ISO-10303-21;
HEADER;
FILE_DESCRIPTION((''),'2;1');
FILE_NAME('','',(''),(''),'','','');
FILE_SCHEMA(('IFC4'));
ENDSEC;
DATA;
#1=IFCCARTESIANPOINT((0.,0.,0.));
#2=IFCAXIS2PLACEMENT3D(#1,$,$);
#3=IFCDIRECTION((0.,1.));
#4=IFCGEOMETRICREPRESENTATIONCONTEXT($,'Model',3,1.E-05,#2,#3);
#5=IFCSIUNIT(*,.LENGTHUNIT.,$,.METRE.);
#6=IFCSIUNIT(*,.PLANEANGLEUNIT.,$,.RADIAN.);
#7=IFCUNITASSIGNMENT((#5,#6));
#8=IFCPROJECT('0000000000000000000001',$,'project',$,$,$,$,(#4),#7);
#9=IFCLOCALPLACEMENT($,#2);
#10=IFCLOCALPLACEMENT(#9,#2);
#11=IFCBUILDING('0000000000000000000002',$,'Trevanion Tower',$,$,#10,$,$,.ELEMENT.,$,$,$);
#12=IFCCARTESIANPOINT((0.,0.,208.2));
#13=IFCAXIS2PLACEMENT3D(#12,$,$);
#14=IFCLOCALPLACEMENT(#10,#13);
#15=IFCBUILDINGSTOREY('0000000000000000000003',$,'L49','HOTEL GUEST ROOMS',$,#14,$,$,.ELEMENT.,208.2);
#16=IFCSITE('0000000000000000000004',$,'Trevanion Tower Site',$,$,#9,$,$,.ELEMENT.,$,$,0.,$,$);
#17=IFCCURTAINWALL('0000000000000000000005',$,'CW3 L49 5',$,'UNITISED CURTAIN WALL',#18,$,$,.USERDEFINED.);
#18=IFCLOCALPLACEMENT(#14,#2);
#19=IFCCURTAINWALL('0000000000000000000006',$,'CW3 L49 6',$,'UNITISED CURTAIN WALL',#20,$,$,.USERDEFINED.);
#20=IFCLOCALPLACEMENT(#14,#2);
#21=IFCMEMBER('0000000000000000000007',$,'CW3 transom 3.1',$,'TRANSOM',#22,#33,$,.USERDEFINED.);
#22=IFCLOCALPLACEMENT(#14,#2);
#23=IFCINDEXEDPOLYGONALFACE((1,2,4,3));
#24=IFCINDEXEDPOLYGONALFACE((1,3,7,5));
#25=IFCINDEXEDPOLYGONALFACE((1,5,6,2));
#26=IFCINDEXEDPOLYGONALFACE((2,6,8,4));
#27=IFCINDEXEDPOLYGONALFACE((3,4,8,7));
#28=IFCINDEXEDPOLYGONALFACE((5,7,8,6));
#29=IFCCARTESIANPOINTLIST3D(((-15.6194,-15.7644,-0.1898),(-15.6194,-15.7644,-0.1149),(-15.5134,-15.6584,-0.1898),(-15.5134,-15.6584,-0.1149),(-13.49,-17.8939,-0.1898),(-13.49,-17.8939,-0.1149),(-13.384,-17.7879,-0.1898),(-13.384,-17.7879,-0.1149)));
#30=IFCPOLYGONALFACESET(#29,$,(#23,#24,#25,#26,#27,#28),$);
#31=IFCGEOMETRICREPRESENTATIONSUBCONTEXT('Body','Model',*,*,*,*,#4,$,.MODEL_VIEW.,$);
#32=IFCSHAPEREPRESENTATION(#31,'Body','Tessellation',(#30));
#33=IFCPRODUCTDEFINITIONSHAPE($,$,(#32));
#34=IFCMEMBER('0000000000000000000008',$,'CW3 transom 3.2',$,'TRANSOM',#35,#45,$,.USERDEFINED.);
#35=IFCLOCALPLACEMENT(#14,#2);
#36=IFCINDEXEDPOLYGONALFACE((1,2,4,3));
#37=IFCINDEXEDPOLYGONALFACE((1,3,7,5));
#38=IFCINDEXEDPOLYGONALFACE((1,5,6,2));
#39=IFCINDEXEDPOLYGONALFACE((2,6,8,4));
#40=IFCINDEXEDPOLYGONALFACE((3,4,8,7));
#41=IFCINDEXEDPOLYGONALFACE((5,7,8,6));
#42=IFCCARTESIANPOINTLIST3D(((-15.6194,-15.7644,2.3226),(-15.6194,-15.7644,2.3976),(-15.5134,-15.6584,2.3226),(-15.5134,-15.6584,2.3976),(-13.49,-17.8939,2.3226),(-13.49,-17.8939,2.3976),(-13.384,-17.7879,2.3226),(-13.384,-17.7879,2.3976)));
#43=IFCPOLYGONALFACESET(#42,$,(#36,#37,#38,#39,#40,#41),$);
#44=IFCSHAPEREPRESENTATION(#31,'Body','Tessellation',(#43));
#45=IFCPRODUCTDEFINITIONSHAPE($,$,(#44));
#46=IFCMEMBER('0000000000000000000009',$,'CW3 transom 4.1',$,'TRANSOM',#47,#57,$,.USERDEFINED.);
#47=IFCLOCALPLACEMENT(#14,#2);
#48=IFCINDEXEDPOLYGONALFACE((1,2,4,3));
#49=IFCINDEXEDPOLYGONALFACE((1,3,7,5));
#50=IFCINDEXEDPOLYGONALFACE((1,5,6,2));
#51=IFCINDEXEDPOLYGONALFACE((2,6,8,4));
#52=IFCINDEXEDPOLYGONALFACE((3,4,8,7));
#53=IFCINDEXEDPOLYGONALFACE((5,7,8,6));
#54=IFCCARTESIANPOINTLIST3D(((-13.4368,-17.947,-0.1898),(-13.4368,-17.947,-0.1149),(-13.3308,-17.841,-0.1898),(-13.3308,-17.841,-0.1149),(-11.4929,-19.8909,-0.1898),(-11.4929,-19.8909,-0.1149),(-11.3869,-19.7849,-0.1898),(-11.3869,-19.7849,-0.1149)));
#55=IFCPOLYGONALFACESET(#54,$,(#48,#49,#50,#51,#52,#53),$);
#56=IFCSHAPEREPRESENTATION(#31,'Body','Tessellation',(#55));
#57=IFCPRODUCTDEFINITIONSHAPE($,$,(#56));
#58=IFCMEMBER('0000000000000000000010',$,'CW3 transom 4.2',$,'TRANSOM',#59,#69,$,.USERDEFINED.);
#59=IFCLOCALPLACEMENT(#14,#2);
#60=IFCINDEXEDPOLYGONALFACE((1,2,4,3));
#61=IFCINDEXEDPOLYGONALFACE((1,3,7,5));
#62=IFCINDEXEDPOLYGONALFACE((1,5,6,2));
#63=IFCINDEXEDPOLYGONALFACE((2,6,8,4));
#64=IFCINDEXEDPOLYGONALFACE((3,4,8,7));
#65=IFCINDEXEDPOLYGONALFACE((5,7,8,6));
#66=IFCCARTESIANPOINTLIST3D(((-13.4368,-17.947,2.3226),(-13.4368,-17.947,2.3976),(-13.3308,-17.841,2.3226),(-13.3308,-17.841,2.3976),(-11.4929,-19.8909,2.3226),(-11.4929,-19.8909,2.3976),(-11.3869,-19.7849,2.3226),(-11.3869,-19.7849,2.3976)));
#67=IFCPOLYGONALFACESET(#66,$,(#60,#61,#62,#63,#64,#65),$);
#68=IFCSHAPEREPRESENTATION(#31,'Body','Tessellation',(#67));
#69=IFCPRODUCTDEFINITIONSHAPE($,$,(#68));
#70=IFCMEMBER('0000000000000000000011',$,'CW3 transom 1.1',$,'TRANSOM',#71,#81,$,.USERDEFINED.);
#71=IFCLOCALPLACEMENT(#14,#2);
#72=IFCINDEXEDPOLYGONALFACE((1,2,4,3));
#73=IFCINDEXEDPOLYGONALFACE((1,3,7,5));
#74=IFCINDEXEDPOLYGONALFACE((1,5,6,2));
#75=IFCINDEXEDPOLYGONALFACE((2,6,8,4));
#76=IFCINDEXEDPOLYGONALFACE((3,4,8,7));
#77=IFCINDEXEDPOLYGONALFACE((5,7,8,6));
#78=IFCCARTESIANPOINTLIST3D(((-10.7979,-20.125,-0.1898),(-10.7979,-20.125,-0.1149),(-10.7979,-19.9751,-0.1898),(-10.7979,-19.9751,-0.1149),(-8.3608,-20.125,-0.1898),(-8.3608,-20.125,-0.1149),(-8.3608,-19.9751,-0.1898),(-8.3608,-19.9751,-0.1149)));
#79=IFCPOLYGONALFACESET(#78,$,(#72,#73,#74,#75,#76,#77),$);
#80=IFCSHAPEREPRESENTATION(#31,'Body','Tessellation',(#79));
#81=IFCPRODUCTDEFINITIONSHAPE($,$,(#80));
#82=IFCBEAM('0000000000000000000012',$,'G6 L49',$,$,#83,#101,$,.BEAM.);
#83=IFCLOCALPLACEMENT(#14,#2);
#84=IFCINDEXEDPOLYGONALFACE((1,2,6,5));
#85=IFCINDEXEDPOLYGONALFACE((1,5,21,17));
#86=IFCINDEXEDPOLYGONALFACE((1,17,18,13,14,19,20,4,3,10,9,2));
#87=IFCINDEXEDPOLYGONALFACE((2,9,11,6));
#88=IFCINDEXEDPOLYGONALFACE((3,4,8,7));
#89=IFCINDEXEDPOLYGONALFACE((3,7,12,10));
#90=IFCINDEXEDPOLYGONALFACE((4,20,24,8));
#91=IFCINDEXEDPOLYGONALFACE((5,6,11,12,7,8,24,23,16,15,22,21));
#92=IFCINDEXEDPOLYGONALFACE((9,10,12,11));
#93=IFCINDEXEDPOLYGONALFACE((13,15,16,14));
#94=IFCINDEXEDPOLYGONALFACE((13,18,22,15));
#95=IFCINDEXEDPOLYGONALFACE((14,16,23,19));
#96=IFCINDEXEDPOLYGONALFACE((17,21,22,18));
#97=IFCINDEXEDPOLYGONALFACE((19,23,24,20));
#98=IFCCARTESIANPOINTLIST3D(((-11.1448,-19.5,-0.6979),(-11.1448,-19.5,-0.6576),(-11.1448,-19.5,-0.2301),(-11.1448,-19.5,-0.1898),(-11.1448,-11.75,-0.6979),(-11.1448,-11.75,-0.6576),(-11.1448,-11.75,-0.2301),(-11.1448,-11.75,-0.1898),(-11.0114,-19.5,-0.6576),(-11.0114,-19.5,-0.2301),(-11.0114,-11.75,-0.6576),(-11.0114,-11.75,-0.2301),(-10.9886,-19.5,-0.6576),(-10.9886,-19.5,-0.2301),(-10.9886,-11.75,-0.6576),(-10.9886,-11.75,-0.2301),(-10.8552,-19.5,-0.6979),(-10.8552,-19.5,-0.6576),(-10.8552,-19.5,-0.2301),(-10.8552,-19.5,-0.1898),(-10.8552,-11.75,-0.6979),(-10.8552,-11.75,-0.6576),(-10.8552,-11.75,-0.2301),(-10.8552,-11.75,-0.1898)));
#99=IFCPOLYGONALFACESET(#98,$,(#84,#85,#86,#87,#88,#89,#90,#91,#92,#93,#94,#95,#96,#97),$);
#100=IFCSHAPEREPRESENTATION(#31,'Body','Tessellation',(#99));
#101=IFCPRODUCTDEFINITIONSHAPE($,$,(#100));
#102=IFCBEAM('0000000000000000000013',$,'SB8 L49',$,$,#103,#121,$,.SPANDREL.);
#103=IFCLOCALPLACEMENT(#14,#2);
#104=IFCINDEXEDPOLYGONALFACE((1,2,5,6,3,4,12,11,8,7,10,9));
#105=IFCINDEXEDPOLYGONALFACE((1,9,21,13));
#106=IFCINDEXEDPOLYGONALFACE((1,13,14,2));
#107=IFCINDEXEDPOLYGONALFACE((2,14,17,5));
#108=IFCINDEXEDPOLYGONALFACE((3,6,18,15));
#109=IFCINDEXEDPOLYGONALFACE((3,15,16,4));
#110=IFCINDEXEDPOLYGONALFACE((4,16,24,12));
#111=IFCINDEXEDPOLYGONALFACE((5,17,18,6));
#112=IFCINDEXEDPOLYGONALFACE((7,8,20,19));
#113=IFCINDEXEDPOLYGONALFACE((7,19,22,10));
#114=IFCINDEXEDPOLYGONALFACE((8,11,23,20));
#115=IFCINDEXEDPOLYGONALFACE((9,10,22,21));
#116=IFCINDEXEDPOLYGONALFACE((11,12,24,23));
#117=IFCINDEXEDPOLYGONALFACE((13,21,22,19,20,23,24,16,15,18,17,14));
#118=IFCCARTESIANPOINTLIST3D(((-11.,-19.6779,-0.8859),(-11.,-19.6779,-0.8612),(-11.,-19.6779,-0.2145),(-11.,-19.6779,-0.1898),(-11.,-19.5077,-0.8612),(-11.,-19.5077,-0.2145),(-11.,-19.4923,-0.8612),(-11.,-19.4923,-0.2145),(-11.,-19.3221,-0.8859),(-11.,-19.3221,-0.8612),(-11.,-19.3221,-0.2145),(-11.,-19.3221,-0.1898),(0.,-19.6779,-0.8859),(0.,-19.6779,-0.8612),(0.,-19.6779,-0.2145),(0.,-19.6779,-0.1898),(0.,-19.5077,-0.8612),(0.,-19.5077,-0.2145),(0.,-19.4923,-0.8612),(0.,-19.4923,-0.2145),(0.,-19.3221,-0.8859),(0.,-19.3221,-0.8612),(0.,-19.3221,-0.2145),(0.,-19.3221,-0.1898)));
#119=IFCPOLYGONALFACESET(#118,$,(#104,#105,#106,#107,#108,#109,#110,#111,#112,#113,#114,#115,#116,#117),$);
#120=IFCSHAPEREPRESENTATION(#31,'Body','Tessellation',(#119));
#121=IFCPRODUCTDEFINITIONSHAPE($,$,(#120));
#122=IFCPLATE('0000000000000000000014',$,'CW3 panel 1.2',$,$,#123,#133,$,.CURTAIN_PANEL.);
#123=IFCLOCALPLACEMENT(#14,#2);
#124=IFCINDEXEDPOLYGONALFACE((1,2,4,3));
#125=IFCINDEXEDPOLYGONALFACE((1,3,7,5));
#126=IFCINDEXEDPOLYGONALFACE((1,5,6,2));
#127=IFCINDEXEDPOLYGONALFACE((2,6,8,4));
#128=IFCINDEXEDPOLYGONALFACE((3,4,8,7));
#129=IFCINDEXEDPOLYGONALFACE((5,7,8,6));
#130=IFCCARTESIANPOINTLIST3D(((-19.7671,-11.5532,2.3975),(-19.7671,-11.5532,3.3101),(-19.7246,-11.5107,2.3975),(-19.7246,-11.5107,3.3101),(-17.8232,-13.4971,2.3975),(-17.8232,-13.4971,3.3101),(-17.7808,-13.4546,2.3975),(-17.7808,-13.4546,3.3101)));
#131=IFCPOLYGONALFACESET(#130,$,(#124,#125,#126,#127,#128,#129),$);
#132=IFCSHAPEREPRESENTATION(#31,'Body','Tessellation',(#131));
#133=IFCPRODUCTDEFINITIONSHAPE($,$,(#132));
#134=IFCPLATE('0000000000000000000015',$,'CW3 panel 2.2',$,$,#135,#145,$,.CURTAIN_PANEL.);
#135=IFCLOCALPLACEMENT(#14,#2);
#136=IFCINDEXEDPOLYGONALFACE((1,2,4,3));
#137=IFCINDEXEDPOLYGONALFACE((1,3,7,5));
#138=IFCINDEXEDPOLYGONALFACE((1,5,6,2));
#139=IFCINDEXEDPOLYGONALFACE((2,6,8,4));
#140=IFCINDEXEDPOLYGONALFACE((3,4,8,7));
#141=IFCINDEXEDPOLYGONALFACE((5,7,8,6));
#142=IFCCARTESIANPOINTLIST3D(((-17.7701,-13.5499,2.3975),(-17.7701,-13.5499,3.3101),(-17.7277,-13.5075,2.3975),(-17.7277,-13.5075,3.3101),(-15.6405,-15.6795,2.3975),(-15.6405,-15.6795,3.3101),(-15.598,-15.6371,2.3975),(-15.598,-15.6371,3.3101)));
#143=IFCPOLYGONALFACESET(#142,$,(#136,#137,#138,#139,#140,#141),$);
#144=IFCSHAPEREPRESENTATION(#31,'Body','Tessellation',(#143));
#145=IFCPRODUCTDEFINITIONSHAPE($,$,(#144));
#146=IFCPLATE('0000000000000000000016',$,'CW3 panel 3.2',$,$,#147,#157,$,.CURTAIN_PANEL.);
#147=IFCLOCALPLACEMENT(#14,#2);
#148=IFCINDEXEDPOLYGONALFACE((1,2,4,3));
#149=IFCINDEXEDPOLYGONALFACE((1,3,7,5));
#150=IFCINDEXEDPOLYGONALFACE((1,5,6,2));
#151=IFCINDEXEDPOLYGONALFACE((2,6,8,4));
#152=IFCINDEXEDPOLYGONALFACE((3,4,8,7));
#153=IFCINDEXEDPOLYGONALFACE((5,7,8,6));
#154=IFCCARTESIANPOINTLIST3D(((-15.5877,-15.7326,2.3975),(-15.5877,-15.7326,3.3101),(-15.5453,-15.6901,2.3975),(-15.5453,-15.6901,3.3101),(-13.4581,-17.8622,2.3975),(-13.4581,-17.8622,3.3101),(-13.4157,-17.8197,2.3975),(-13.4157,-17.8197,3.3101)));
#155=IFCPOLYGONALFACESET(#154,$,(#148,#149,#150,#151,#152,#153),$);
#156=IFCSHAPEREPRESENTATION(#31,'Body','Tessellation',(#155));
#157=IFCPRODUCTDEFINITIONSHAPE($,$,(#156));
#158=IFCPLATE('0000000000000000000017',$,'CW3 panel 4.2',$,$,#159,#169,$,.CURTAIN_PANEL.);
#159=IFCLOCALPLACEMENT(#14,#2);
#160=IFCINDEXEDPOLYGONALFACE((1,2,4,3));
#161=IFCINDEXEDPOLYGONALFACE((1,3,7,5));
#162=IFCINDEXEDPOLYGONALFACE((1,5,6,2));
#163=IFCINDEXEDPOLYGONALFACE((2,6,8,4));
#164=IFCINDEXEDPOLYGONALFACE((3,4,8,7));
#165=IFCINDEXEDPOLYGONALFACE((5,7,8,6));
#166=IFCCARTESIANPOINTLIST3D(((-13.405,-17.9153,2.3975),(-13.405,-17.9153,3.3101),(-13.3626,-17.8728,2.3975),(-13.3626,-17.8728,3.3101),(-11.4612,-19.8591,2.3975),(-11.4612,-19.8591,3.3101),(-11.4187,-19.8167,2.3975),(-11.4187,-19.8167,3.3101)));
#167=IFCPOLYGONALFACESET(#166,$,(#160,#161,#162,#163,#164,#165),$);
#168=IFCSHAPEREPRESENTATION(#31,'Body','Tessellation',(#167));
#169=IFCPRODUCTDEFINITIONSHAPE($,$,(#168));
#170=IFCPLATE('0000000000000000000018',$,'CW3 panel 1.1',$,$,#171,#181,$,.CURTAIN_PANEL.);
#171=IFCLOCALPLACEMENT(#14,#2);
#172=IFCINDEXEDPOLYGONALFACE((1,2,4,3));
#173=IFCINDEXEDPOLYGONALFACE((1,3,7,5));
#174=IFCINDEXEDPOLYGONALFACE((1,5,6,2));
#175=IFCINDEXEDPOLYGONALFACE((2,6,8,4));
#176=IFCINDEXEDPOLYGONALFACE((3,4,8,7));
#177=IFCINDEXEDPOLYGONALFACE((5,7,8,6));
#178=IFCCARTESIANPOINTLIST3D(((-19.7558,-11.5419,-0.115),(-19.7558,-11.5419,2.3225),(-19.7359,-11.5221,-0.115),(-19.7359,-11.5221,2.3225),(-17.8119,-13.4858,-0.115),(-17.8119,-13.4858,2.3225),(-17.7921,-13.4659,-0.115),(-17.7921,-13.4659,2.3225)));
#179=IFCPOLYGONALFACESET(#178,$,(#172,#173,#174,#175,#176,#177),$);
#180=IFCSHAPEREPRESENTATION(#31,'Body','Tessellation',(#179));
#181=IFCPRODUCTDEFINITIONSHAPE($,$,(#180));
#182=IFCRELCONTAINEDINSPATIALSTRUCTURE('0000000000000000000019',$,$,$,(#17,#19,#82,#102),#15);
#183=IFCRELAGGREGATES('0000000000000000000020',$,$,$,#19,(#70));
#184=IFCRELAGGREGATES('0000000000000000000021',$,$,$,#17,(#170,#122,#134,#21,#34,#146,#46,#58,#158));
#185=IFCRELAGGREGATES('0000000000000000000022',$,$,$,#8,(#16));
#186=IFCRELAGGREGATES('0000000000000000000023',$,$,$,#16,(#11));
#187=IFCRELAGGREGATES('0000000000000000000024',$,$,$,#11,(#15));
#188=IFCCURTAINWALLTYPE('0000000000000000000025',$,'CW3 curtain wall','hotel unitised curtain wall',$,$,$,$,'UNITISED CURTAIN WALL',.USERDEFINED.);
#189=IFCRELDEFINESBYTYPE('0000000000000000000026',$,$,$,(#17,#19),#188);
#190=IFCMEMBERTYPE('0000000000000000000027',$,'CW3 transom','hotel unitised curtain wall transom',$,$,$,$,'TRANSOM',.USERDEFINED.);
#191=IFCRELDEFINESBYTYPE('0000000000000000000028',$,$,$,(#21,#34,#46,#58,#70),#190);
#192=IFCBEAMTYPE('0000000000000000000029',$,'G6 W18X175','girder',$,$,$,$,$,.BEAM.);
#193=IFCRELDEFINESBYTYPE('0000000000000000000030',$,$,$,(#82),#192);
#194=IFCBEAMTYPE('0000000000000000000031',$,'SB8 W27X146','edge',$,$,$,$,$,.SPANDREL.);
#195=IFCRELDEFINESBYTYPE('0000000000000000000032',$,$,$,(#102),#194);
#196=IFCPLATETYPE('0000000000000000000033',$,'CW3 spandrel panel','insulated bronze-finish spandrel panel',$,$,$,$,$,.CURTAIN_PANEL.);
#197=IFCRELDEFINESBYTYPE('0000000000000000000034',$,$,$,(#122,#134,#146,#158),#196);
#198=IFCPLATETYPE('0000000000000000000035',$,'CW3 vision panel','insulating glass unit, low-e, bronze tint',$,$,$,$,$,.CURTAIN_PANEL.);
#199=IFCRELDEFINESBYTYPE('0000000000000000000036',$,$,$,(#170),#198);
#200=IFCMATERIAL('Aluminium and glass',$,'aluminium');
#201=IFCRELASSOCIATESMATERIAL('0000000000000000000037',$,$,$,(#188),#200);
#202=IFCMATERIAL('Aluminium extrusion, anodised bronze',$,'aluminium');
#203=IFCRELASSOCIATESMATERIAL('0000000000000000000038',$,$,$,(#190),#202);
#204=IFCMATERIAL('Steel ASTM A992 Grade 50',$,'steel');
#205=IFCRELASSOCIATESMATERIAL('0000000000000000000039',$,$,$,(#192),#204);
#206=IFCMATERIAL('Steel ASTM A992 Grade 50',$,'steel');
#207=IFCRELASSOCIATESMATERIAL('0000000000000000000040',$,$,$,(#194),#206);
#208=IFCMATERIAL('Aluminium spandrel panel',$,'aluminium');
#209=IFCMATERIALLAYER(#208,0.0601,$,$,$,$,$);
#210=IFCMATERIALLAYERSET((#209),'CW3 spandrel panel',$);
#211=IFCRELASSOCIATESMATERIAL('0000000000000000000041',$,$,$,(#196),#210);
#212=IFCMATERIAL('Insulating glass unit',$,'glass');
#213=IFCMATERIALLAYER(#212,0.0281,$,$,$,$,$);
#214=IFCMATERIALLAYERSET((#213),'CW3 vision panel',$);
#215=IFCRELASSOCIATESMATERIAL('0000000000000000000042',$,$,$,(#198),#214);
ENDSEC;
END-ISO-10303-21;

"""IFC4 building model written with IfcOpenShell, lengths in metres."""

from ifc_helpers import new_model, si_unit, direction, frame, origin, origin_2d, place, context, subcontext, project, spatial, rectangle, i_section, extrude, material, layer, layer_set, material_profile, profile_set, type_object, element, aggregate, save


model = new_model("IFC4")

# Units and contexts
model_context = context("Model", 3, precision=1e-05, world=origin(), true_north=direction((0.0, 1.0)))
body_context = subcontext(model_context, "Body", "Model", "MODEL_VIEW")
ifc_project = project(units=[si_unit("LENGTHUNIT", "METRE"), si_unit("PLANEANGLEUNIT", "RADIAN")], contexts=[model_context])

# Site, building, storey
site_placement = place(None, origin())
site = spatial("IfcSite", under=ifc_project, at=site_placement, Name="Trevanion Tower Site", CompositionType="ELEMENT", RefElevation=0.0)
building_placement = place(site_placement, origin())
building = spatial("IfcBuilding", under=site, at=building_placement, Name="Trevanion Tower", CompositionType="ELEMENT")
storey_placement = place(building_placement, frame((0.0, 0.0, 208.2)))
storey = spatial("IfcBuildingStorey", under=building, at=storey_placement, Name="L49", Description="HOTEL GUEST ROOMS", CompositionType="ELEMENT", Elevation=208.2)

# Curtain wall
ifc_material_1 = material(Name="Aluminium and glass", Category="aluminium")
curtain_wall_type = type_object("IfcCurtainWallType", Name="CW3 curtain wall", Description="hotel unitised curtain wall", ElementType="UNITISED CURTAIN WALL", PredefinedType="USERDEFINED", material=ifc_material_1)
curtain_wall_1_placement = place(storey_placement, origin())
curtain_wall_1 = element("IfcCurtainWall", 1, at=curtain_wall_1_placement, inside=storey, type_object=curtain_wall_type, Name="CW3 L49 5", ObjectType="UNITISED CURTAIN WALL", PredefinedType="USERDEFINED")

# Curtain wall
curtain_wall_2_placement = place(storey_placement, origin())
curtain_wall_2 = element("IfcCurtainWall", 2, at=curtain_wall_2_placement, inside=storey, type_object=curtain_wall_type, Name="CW3 L49 6", ObjectType="UNITISED CURTAIN WALL", PredefinedType="USERDEFINED")

# Members
ifc_material_2 = material(Name="Aluminium extrusion, anodised bronze", Category="aluminium")
ifc_material_profile_1 = material_profile(ifc_material_2, rectangle(XDim=0.1499, YDim=0.075, at=origin_2d()), Name="CW3 transom")
ifc_profile_set_1 = profile_set([ifc_material_profile_1], Name="Aluminium extrusion, anodised bronze")
member_type_1 = type_object("IfcMemberType", Name="CW3 transom", Description="hotel unitised curtain wall transom", ElementType="TRANSOM", PredefinedType="USERDEFINED", material=ifc_profile_set_1)
member_1_placement = place(storey_placement, frame((-15.5664, -15.7114, -0.1523), z_axis=(0.707107, -0.707107, 0.0), x_axis=(0.707107, 0.707107, 0.0)))
member_1 = element("IfcMember", 3, at=member_1_placement, type_object=member_type_1, Name="CW3 transom 3.1", ObjectType="TRANSOM", PredefinedType="USERDEFINED", context=body_context, shape_type="SweptSolid", body=[
    extrude(rectangle(XDim=0.1499, YDim=0.075, at=origin_2d()), origin(), (0.0, 0.0, 1.0), 3.0115),
])
member_2_placement = place(storey_placement, frame((-15.5664, -15.7114, 2.3601), z_axis=(0.707107, -0.707107, 0.0), x_axis=(0.707107, 0.707107, 0.0)))
member_2 = element("IfcMember", 4, at=member_2_placement, type_object=member_type_1, Name="CW3 transom 3.2", ObjectType="TRANSOM", PredefinedType="USERDEFINED", context=body_context, shape_type="SweptSolid", body=[
    extrude(rectangle(XDim=0.1499, YDim=0.075, at=origin_2d()), origin(), (0.0, 0.0, 1.0), 3.0115),
])
member_3_placement = place(storey_placement, frame((-13.3838, -17.894, -0.1523), z_axis=(0.707107, -0.707107, 0.0), x_axis=(0.707107, 0.707107, 0.0)))
member_3 = element("IfcMember", 5, at=member_3_placement, type_object=member_type_1, Name="CW3 transom 4.1", ObjectType="TRANSOM", PredefinedType="USERDEFINED", context=body_context, shape_type="SweptSolid", body=[
    extrude(rectangle(XDim=0.1499, YDim=0.075, at=origin_2d()), origin(), (0.0, 0.0, 1.0), 2.749),
])
member_4_placement = place(storey_placement, frame((-13.3838, -17.894, 2.3601), z_axis=(0.707107, -0.707107, 0.0), x_axis=(0.707107, 0.707107, 0.0)))
member_4 = element("IfcMember", 6, at=member_4_placement, type_object=member_type_1, Name="CW3 transom 4.2", ObjectType="TRANSOM", PredefinedType="USERDEFINED", context=body_context, shape_type="SweptSolid", body=[
    extrude(rectangle(XDim=0.1499, YDim=0.075, at=origin_2d()), origin(), (0.0, 0.0, 1.0), 2.749),
])
member_5_placement = place(storey_placement, frame((-10.7979, -20.05, -0.1523), z_axis=(1.0, 0.0, 0.0), x_axis=(0.0, 1.0, 0.0)))
member_5 = element("IfcMember", 7, at=member_5_placement, type_object=member_type_1, Name="CW3 transom 1.1", ObjectType="TRANSOM", PredefinedType="USERDEFINED", context=body_context, shape_type="SweptSolid", body=[
    extrude(rectangle(XDim=0.1499, YDim=0.075, at=origin_2d()), origin(), (0.0, 0.0, 1.0), 2.437),
])
aggregate(curtain_wall_2, [member_5])

# Beams
ifc_material_3 = material(Name="Steel ASTM A992 Grade 50", Category="steel")
ifc_material_profile_2 = material_profile(ifc_material_3, i_section(OverallWidth=0.2896, OverallDepth=0.5081, WebThickness=0.0227, FlangeThickness=0.0403, at=origin_2d()), Name="W18X175")
ifc_profile_set_2 = profile_set([ifc_material_profile_2], Name="Steel ASTM A992 Grade 50")
beam_type_1 = type_object("IfcBeamType", Name="G6 W18X175", Description="girder", PredefinedType="BEAM", material=ifc_profile_set_2)
beam_1_placement = place(storey_placement, frame((-11.0, -11.75, -0.4438), z_axis=(0.0, -1.0, 0.0), x_axis=(1.0, 0.0, 0.0)))
element("IfcBeam", 8, at=beam_1_placement, inside=storey, type_object=beam_type_1, Name="G6 L49", PredefinedType="BEAM", context=body_context, shape_type="SweptSolid", body=[
    extrude(i_section(OverallWidth=0.2896, OverallDepth=0.5081, WebThickness=0.0227, FlangeThickness=0.0403, at=origin_2d()), origin(), (0.0, 0.0, 1.0), 7.75),
])
ifc_material_4 = material(Name="Steel ASTM A992 Grade 50", Category="steel")
ifc_material_profile_3 = material_profile(ifc_material_4, i_section(OverallWidth=0.3557, OverallDepth=0.696, WebThickness=0.0154, FlangeThickness=0.0247, at=origin_2d()), Name="W27X146")
ifc_profile_set_3 = profile_set([ifc_material_profile_3], Name="Steel ASTM A992 Grade 50")
beam_type_2 = type_object("IfcBeamType", Name="SB8 W27X146", Description="edge", PredefinedType="SPANDREL", material=ifc_profile_set_3)
beam_2_placement = place(storey_placement, frame((-11.0, -19.5, -0.5378), z_axis=(1.0, 0.0, 0.0), x_axis=(0.0, 1.0, 0.0)))
element("IfcBeam", 9, at=beam_2_placement, inside=storey, type_object=beam_type_2, Name="SB8 L49", PredefinedType="SPANDREL", context=body_context, shape_type="SweptSolid", body=[
    extrude(i_section(OverallWidth=0.3557, OverallDepth=0.696, WebThickness=0.0154, FlangeThickness=0.0247, at=origin_2d()), origin(), (0.0, 0.0, 1.0), 11.0),
])

# Plates
ifc_material_5 = material(Name="Aluminium spandrel panel", Category="aluminium")
ifc_layer_1 = layer(ifc_material_5, 0.0601)
ifc_layer_set_1 = layer_set([ifc_layer_1], Name="CW3 spandrel panel")
plate_type_1 = type_object("IfcPlateType", Name="CW3 spandrel panel", Description="insulated bronze-finish spandrel panel", PredefinedType="CURTAIN_PANEL", material=ifc_layer_set_1)
plate_1_placement = place(storey_placement, frame((-18.7739, -12.5039, 2.3975), z_axis=(0.0, 0.0, 1.0), x_axis=(0.707107, -0.707107, 0.0)))
plate_1 = element("IfcPlate", 10, at=plate_1_placement, type_object=plate_type_1, Name="CW3 panel 1.2", PredefinedType="CURTAIN_PANEL", context=body_context, shape_type="SweptSolid", body=[
    extrude(rectangle(XDim=2.749, YDim=0.0601, at=origin_2d()), origin(), (0.0, 0.0, 1.0), 0.9126),
])
plate_2_placement = place(storey_placement, frame((-16.6841, -14.5935, 2.3975), z_axis=(0.0, 0.0, 1.0), x_axis=(0.707107, -0.707107, 0.0)))
plate_2 = element("IfcPlate", 11, at=plate_2_placement, type_object=plate_type_1, Name="CW3 panel 2.2", PredefinedType="CURTAIN_PANEL", context=body_context, shape_type="SweptSolid", body=[
    extrude(rectangle(XDim=3.0117, YDim=0.0601, at=origin_2d()), origin(), (0.0, 0.0, 1.0), 0.9126),
])
plate_3_placement = place(storey_placement, frame((-14.5017, -16.7761, 2.3975), z_axis=(0.0, 0.0, 1.0), x_axis=(0.707107, -0.707107, 0.0)))
plate_3 = element("IfcPlate", 12, at=plate_3_placement, type_object=plate_type_1, Name="CW3 panel 3.2", PredefinedType="CURTAIN_PANEL", context=body_context, shape_type="SweptSolid", body=[
    extrude(rectangle(XDim=3.0117, YDim=0.0601, at=origin_2d()), origin(), (0.0, 0.0, 1.0), 0.9126),
])
plate_4_placement = place(storey_placement, frame((-12.4119, -18.866, 2.3975), z_axis=(0.0, 0.0, 1.0), x_axis=(0.707107, -0.707107, 0.0)))
plate_4 = element("IfcPlate", 13, at=plate_4_placement, type_object=plate_type_1, Name="CW3 panel 4.2", PredefinedType="CURTAIN_PANEL", context=body_context, shape_type="SweptSolid", body=[
    extrude(rectangle(XDim=2.749, YDim=0.0601, at=origin_2d()), origin(), (0.0, 0.0, 1.0), 0.9126),
])
ifc_material_6 = material(Name="Insulating glass unit", Category="glass")
ifc_layer_2 = layer(ifc_material_6, 0.0281)
ifc_layer_set_2 = layer_set([ifc_layer_2], Name="CW3 vision panel")
plate_type_2 = type_object("IfcPlateType", Name="CW3 vision panel", Description="insulating glass unit, low-e, bronze tint", PredefinedType="CURTAIN_PANEL", material=ifc_layer_set_2)
plate_5_placement = place(storey_placement, frame((-18.7739, -12.5039, -0.115), z_axis=(0.0, 0.0, 1.0), x_axis=(0.707107, -0.707107, 0.0)))
plate_5 = element("IfcPlate", 14, at=plate_5_placement, type_object=plate_type_2, Name="CW3 panel 1.1", PredefinedType="CURTAIN_PANEL", context=body_context, shape_type="SweptSolid", body=[
    extrude(rectangle(XDim=2.749, YDim=0.0281, at=origin_2d()), origin(), (0.0, 0.0, 1.0), 2.4375),
])
aggregate(curtain_wall_1, [plate_5, plate_1, plate_2, member_1, member_2, plate_3, member_3, member_4, plate_4])

save(model, "model.ifc")
